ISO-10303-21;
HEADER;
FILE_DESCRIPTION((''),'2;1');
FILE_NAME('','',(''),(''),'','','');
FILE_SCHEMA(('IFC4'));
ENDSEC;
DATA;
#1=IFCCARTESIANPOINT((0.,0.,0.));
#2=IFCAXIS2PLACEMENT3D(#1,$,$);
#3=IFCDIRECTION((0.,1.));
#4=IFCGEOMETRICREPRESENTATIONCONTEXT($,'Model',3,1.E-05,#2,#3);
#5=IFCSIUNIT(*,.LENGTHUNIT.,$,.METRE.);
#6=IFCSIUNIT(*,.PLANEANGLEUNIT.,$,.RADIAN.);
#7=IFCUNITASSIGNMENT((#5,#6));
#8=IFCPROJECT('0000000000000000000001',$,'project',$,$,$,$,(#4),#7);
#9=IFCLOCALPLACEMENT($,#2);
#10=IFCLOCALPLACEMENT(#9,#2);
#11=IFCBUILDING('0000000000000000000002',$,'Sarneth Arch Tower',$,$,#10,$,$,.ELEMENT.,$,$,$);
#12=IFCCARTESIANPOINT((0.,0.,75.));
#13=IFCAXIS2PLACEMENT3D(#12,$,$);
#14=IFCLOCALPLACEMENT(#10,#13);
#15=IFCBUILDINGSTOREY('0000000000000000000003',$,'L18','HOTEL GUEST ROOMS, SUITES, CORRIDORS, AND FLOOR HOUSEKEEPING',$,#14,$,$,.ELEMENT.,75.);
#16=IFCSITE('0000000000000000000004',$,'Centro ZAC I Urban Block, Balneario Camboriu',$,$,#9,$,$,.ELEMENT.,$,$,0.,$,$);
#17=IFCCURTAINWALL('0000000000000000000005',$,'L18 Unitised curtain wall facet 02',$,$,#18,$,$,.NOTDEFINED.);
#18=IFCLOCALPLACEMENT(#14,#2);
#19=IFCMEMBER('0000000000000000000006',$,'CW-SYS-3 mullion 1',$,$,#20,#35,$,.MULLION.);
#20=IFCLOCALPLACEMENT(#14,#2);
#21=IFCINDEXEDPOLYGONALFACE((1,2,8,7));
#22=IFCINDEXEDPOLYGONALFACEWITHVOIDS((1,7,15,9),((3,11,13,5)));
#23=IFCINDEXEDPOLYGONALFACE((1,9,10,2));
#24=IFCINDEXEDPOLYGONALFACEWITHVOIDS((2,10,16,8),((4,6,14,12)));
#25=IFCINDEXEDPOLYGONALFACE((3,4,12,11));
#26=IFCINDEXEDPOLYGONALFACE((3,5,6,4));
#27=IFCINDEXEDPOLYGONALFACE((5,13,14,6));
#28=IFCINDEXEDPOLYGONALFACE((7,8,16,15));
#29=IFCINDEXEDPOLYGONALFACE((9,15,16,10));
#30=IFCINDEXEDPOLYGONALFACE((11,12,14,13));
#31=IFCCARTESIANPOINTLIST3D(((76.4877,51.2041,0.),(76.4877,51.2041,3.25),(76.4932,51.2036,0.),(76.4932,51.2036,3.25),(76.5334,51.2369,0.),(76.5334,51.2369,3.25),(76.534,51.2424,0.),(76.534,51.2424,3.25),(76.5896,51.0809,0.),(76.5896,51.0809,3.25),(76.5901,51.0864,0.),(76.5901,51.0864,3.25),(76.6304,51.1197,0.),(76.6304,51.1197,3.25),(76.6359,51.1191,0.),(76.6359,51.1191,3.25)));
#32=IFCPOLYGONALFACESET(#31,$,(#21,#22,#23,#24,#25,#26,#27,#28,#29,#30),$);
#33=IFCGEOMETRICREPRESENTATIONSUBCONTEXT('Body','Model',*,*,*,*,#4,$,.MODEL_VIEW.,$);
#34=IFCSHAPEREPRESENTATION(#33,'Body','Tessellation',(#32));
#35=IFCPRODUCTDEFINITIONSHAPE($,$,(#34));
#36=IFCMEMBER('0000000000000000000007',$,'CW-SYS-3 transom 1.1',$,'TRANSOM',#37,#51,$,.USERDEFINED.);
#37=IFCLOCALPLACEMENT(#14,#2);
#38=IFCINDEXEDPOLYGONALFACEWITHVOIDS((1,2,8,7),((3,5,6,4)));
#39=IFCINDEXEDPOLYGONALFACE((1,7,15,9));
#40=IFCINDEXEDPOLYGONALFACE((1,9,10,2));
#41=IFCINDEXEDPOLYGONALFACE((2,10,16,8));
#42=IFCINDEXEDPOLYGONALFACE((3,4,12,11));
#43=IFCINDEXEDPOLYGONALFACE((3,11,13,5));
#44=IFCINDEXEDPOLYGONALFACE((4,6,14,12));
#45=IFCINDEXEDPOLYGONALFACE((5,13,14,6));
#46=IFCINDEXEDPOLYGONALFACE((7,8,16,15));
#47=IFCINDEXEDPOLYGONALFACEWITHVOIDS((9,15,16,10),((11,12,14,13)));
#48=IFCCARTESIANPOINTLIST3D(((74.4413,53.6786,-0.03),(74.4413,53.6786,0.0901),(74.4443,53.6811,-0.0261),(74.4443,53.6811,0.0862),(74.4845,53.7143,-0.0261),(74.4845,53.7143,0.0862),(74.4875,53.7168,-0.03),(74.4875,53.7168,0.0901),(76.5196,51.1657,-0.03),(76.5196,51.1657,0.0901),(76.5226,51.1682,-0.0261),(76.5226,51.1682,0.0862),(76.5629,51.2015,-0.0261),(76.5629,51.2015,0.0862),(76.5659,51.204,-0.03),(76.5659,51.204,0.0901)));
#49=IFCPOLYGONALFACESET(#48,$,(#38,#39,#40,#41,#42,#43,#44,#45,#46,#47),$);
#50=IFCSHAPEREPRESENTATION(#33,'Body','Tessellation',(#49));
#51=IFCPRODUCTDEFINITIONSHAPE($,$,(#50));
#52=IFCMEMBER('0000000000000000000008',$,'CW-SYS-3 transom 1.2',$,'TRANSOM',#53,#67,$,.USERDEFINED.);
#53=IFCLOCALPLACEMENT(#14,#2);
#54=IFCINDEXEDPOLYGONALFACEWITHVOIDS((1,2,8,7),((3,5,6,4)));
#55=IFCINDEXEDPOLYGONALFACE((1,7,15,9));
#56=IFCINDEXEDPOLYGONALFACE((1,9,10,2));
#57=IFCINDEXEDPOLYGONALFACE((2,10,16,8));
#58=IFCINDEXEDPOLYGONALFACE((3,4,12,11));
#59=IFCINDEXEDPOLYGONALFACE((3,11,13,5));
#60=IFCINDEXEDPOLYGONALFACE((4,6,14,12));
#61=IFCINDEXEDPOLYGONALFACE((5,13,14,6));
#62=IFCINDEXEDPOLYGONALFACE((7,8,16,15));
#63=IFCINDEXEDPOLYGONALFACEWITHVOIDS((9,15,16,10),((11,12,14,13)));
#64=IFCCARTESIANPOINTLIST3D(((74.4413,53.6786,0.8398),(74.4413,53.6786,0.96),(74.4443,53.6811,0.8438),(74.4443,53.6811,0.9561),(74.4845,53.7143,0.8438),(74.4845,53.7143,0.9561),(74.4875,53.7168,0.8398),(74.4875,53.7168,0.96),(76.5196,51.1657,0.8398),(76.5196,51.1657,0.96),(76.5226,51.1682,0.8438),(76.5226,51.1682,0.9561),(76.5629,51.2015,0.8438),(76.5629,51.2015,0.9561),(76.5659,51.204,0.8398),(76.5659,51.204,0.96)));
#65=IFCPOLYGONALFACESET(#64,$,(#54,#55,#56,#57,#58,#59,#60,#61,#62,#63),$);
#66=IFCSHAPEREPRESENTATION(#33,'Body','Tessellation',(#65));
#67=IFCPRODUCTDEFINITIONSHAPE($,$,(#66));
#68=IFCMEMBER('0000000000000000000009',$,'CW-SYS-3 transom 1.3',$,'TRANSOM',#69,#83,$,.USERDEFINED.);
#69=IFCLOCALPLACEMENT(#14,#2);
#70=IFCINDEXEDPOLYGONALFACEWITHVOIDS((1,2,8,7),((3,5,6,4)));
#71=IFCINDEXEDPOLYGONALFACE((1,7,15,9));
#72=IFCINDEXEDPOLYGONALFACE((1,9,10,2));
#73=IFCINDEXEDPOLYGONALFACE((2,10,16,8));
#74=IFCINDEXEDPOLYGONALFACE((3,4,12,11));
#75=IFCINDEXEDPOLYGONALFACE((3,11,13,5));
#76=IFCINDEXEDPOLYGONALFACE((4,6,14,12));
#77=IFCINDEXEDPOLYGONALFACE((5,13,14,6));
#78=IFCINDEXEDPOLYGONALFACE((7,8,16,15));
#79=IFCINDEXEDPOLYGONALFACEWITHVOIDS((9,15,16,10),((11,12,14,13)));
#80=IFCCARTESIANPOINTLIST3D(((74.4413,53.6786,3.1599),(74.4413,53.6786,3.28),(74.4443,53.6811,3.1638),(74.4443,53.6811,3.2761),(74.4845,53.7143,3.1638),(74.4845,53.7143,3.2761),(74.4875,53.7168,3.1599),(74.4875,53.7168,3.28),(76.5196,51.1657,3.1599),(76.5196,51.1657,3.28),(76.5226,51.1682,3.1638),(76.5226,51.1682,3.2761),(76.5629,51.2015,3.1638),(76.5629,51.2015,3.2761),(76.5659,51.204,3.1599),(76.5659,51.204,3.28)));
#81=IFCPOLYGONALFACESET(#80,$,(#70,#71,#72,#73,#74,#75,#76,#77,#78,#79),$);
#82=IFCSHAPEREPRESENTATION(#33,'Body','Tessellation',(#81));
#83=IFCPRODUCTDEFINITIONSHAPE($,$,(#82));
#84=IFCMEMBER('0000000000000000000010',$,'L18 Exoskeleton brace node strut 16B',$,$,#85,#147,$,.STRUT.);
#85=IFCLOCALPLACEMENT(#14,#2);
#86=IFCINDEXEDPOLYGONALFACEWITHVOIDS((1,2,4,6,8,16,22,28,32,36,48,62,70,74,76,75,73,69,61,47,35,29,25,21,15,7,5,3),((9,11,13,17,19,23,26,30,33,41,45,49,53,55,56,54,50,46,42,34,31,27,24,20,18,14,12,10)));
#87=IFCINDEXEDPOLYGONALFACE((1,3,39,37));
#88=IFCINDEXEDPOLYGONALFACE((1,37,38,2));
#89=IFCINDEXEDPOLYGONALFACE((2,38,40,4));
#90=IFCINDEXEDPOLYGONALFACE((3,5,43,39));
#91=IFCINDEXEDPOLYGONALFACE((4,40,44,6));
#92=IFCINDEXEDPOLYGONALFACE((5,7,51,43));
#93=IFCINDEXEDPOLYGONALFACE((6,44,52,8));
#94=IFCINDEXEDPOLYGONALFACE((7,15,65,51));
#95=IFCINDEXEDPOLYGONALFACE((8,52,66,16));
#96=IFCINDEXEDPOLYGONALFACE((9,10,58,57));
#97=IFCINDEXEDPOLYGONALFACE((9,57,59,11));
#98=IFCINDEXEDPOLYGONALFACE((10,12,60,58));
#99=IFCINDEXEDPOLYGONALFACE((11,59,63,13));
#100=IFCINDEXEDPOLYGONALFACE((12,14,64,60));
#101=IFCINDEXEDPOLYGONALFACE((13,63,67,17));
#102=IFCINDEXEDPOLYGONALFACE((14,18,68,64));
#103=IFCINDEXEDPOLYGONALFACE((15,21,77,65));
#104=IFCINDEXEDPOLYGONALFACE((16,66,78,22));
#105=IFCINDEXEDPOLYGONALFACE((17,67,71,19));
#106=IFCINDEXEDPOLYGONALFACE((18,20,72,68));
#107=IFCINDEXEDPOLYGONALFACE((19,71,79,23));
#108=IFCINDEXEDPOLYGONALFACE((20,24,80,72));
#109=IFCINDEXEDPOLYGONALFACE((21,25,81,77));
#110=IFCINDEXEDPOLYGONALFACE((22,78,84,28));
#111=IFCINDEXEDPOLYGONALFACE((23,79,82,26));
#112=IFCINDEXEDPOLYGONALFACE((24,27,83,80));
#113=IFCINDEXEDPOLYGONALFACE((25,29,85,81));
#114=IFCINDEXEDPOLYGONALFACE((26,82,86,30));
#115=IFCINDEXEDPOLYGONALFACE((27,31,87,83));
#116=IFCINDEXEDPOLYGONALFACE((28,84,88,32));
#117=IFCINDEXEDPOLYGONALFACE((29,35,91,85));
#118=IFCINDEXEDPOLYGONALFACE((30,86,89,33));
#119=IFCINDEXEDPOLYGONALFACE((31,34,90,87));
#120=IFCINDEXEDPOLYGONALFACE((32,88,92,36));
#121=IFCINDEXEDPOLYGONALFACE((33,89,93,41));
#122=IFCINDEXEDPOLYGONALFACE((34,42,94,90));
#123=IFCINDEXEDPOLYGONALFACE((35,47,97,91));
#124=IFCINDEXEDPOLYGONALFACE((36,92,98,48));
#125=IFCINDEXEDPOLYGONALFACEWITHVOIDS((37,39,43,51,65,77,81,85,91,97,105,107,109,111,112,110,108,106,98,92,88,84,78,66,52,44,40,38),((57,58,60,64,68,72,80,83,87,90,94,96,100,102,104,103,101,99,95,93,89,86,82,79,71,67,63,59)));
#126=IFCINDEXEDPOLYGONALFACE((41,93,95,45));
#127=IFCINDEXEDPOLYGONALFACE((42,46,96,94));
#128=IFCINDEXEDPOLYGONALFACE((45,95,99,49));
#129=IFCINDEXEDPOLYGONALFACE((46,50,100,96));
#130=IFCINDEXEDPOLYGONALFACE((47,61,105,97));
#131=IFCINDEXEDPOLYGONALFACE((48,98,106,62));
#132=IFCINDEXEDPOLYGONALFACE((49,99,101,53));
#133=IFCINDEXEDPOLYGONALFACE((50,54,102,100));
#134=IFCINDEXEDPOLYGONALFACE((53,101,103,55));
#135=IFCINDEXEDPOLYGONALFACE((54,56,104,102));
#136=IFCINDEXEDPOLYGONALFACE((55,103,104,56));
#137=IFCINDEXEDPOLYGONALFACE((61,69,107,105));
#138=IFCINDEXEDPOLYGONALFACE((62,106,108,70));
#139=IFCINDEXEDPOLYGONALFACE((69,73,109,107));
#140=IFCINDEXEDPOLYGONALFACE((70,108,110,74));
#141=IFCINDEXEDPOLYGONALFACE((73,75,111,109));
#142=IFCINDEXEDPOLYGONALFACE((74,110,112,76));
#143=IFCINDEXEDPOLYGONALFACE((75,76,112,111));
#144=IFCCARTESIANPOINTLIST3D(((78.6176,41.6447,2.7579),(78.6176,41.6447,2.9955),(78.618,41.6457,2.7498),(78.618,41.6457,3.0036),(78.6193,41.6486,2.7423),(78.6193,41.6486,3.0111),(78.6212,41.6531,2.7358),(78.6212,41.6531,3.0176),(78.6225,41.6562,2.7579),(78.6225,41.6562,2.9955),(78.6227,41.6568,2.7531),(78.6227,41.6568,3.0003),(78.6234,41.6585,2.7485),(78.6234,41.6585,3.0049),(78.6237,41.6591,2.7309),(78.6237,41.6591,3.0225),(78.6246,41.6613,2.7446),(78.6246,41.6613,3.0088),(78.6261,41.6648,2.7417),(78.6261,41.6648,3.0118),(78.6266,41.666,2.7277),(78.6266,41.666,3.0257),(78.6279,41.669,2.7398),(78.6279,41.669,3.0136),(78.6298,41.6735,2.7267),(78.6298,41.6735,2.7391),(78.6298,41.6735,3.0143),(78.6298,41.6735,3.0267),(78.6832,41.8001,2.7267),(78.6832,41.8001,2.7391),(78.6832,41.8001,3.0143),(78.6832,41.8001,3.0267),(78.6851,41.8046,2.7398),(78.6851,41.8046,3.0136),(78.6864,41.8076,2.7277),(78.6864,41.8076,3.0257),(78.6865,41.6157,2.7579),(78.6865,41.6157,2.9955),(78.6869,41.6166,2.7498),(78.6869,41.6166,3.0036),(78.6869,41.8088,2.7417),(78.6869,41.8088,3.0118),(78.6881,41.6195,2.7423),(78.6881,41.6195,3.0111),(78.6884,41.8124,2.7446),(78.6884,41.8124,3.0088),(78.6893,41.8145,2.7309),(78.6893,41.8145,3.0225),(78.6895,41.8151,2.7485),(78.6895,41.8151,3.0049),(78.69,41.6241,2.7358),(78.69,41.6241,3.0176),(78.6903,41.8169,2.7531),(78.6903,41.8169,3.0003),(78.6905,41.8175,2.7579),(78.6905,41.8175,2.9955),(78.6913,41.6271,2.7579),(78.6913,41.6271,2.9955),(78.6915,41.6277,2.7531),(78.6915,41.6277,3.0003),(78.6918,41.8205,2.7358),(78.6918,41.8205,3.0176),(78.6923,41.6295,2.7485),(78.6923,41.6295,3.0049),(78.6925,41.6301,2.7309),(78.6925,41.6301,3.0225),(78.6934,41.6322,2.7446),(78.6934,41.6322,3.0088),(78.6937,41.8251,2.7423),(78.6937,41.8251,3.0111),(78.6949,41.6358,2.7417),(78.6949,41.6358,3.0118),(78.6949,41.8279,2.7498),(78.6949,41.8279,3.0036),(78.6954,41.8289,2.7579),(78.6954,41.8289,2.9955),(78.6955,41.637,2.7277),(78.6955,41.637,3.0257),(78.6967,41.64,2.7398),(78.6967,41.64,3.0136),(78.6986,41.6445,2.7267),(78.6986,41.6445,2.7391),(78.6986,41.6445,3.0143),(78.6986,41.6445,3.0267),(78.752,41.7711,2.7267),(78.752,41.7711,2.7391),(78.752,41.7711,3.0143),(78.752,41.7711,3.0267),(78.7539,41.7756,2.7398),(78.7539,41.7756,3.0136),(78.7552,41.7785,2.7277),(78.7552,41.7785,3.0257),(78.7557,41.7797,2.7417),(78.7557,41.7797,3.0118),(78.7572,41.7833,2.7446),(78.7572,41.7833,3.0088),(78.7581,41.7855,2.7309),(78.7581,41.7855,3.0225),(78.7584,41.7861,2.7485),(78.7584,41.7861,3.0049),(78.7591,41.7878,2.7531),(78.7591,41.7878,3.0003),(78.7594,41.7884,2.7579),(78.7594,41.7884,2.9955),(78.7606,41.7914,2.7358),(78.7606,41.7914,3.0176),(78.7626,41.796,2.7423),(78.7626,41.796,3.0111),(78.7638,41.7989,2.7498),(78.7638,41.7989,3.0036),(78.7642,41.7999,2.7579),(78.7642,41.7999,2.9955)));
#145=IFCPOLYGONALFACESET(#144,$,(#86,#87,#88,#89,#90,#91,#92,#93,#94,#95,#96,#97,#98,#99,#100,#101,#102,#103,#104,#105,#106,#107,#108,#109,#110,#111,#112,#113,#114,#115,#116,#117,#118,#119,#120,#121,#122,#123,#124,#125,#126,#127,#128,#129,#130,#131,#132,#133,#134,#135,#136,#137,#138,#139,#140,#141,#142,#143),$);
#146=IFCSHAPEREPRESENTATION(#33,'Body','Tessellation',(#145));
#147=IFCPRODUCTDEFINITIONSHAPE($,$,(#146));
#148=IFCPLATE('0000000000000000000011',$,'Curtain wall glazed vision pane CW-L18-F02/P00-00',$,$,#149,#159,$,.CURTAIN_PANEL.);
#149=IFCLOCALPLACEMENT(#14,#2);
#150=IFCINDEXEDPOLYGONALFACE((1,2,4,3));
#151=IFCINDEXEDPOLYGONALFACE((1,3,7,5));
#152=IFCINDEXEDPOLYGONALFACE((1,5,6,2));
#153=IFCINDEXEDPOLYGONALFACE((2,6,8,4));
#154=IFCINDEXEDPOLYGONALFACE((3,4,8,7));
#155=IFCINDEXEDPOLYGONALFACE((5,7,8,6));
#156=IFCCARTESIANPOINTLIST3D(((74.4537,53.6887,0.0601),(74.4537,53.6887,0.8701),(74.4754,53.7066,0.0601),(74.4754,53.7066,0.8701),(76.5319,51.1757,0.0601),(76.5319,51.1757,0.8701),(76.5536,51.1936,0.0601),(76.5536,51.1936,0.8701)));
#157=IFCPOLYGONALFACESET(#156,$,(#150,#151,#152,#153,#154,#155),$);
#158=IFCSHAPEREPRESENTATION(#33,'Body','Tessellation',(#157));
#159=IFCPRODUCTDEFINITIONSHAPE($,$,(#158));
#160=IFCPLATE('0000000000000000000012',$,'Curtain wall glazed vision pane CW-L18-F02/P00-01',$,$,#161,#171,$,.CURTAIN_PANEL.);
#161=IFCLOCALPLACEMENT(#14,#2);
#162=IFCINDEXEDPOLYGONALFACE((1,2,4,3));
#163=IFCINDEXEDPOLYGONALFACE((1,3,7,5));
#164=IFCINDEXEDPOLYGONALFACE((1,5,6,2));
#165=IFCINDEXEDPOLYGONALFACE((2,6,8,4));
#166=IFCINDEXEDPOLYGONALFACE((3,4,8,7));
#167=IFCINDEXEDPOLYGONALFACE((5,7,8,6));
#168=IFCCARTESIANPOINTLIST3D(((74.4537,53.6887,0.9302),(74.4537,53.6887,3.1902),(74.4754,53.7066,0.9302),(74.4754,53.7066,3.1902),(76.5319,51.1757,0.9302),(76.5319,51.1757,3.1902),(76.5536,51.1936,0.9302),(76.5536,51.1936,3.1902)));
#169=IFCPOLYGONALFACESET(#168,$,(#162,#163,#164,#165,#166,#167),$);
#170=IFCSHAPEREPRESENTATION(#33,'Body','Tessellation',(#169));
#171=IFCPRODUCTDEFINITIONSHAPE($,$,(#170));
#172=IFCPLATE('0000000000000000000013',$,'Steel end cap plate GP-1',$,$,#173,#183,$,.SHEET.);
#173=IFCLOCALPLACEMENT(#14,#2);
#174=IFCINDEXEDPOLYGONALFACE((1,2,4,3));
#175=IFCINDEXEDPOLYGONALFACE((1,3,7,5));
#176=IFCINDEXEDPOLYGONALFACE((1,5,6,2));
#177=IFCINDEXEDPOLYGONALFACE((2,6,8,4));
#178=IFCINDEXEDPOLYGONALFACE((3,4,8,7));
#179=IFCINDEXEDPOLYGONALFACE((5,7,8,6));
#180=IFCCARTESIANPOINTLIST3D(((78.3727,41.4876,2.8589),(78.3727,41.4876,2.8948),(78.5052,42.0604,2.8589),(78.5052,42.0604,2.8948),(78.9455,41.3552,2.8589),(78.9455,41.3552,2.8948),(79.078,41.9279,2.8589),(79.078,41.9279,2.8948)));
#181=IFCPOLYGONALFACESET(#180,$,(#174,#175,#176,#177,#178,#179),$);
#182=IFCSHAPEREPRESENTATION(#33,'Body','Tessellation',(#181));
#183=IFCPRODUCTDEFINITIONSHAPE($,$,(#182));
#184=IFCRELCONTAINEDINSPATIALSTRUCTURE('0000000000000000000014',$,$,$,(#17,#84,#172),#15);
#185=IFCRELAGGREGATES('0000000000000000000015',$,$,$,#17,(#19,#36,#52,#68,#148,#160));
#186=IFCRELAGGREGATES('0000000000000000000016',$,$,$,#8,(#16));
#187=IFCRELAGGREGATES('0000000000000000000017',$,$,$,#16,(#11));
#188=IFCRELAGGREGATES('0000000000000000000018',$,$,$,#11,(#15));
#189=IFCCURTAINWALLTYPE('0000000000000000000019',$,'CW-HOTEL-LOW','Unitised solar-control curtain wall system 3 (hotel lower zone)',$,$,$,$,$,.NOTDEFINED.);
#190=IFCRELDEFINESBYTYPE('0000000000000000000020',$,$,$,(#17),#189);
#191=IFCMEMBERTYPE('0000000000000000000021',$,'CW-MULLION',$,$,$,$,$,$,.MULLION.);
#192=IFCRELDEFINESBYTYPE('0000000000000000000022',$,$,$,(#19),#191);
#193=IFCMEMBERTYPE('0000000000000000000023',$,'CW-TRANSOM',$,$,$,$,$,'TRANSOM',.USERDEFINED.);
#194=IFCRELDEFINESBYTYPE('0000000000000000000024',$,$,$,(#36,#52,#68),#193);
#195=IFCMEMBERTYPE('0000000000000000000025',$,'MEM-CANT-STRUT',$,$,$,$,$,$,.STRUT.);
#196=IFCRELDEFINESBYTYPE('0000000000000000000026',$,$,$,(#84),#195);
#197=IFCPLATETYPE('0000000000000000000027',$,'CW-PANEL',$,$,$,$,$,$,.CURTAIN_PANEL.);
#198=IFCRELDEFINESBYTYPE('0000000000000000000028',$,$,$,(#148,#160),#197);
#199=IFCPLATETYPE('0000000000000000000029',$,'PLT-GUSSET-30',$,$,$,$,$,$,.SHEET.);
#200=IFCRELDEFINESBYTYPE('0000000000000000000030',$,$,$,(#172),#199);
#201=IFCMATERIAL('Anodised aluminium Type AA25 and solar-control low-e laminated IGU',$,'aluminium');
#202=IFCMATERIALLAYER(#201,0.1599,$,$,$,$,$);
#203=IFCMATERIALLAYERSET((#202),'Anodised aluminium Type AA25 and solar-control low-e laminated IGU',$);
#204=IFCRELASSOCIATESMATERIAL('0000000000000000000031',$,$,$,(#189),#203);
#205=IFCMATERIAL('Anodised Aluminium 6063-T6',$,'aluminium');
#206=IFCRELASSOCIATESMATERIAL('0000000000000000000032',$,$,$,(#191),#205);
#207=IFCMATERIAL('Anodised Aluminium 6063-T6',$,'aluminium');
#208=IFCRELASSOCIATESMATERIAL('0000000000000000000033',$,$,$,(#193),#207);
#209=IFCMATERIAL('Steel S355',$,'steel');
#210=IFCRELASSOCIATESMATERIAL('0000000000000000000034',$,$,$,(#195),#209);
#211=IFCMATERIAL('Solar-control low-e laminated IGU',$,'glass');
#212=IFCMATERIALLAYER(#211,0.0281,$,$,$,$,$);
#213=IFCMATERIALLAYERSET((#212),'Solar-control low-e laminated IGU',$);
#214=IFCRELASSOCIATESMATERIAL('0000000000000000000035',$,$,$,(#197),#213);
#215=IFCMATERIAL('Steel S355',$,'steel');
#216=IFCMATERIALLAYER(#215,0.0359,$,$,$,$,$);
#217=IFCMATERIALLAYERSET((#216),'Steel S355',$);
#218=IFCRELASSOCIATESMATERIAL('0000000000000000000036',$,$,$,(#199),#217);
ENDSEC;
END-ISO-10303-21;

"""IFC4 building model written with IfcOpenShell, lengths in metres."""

from ifc_helpers import new_model, si_unit, direction, frame, origin, origin_2d, place, context, subcontext, project, spatial, rectangle, hollow_rectangle, extrude, material, layer, layer_set, material_profile, profile_set, type_object, element, aggregate, save


model = new_model("IFC4")

# Units and contexts
model_context = context("Model", 3, precision=1e-05, world=origin(), true_north=direction((0.0, 1.0)))
body_context = subcontext(model_context, "Body", "Model", "MODEL_VIEW")
ifc_project = project(units=[si_unit("LENGTHUNIT", "METRE"), si_unit("PLANEANGLEUNIT", "RADIAN")], contexts=[model_context])

# Site, building, storey
site_placement = place(None, origin())
site = spatial("IfcSite", under=ifc_project, at=site_placement, Name="Centro ZAC I Urban Block, Balneario Camboriu", CompositionType="ELEMENT", RefElevation=0.0)
building_placement = place(site_placement, origin())
building = spatial("IfcBuilding", under=site, at=building_placement, Name="Sarneth Arch Tower", CompositionType="ELEMENT")
storey_placement = place(building_placement, frame((0.0, 0.0, 75.0)))
storey = spatial("IfcBuildingStorey", under=building, at=storey_placement, Name="L18", Description="HOTEL GUEST ROOMS, SUITES, CORRIDORS, AND FLOOR HOUSEKEEPING", CompositionType="ELEMENT", Elevation=75.0)

# Curtain wall, members
ifc_material_1 = material(Name="Anodised aluminium Type AA25 and solar-control low-e laminated IGU", Category="aluminium")
ifc_layer_1 = layer(ifc_material_1, 0.1599)
ifc_layer_set_1 = layer_set([ifc_layer_1], Name="Anodised aluminium Type AA25 and solar-control low-e laminated IGU")
curtain_wall_type = type_object("IfcCurtainWallType", Name="CW-HOTEL-LOW", Description="Unitised solar-control curtain wall system 3 (hotel lower zone)", PredefinedType="NOTDEFINED", material=ifc_layer_set_1)
curtain_wall_placement = place(storey_placement, origin())
curtain_wall = element("IfcCurtainWall", 1, at=curtain_wall_placement, inside=storey, type_object=curtain_wall_type, Name="L18 Unitised curtain wall facet 02", PredefinedType="NOTDEFINED")
ifc_material_2 = material(Name="Anodised Aluminium 6063-T6", Category="aluminium")
ifc_material_profile_1 = material_profile(ifc_material_2, hollow_rectangle(XDim=0.0601, YDim=0.1599, WallThickness=0.0039, at=origin_2d()), Name="AL-MULL-160x60x4")
ifc_profile_set_1 = profile_set([ifc_material_profile_1], Name="Anodised Aluminium 6063-T6")
member_type_1 = type_object("IfcMemberType", Name="CW-MULLION", PredefinedType="MULLION", material=ifc_profile_set_1)
member_1_placement = place(storey_placement, frame((76.5618, 51.1616, 0.0), z_axis=(0.0, 0.0, 1.0), x_axis=(-0.770623, -0.637291, 0.0)))
member_1 = element("IfcMember", 2, at=member_1_placement, type_object=member_type_1, Name="CW-SYS-3 mullion 1", PredefinedType="MULLION", context=body_context, shape_type="SweptSolid", body=[
    extrude(hollow_rectangle(XDim=0.0601, YDim=0.1599, WallThickness=0.0039, at=origin_2d()), origin(), (0.0, 0.0, 1.0), 3.25),
])
ifc_material_3 = material(Name="Anodised Aluminium 6063-T6", Category="aluminium")
ifc_material_profile_2 = material_profile(ifc_material_3, hollow_rectangle(XDim=0.0601, YDim=0.1201, WallThickness=0.0039, at=origin_2d()), Name="AL-TRAN-120x60x4")
ifc_profile_set_2 = profile_set([ifc_material_profile_2], Name="Anodised Aluminium 6063-T6")
member_type_2 = type_object("IfcMemberType", Name="CW-TRANSOM", ElementType="TRANSOM", PredefinedType="USERDEFINED", material=ifc_profile_set_2)
member_2_placement = place(storey_placement, frame((76.5427, 51.1848, 0.03), z_axis=(-0.63733, 0.770591, 0.0), x_axis=(-0.770591, -0.63733, 0.0)))
member_2 = element("IfcMember", 3, at=member_2_placement, type_object=member_type_2, Name="CW-SYS-3 transom 1.1", ObjectType="TRANSOM", PredefinedType="USERDEFINED", context=body_context, shape_type="SweptSolid", body=[
    extrude(hollow_rectangle(XDim=0.0601, YDim=0.1201, WallThickness=0.0039, at=origin_2d()), origin(), (0.0, 0.0, 1.0), 3.261),
])
member_3_placement = place(storey_placement, frame((76.5427, 51.1848, 0.8999), z_axis=(-0.63733, 0.770591, 0.0), x_axis=(-0.770591, -0.63733, 0.0)))
member_3 = element("IfcMember", 4, at=member_3_placement, type_object=member_type_2, Name="CW-SYS-3 transom 1.2", ObjectType="TRANSOM", PredefinedType="USERDEFINED", context=body_context, shape_type="SweptSolid", body=[
    extrude(hollow_rectangle(XDim=0.0601, YDim=0.1201, WallThickness=0.0039, at=origin_2d()), origin(), (0.0, 0.0, 1.0), 3.261),
])
member_4_placement = place(storey_placement, frame((76.5427, 51.1848, 3.22), z_axis=(-0.63733, 0.770591, 0.0), x_axis=(-0.770591, -0.63733, 0.0)))
member_4 = element("IfcMember", 5, at=member_4_placement, type_object=member_type_2, Name="CW-SYS-3 transom 1.3", ObjectType="TRANSOM", PredefinedType="USERDEFINED", context=body_context, shape_type="SweptSolid", body=[
    extrude(hollow_rectangle(XDim=0.0601, YDim=0.1201, WallThickness=0.0039, at=origin_2d()), origin(), (0.0, 0.0, 1.0), 3.261),
])

# Member
ifc_material_4 = material(Name="Steel S355", Category="steel")
ifc_material_profile_3 = material_profile(ifc_material_4, hollow_rectangle(XDim=0.2, YDim=0.3, WallThickness=0.0125, InnerFilletRadius=0.0188, OuterFilletRadius=0.0312, at=origin_2d()), Name="RHS300x200x12.5")
ifc_profile_set_3 = profile_set([ifc_material_profile_3], Name="Steel S355")
member_type_3 = type_object("IfcMemberType", Name="MEM-CANT-STRUT", PredefinedType="STRUT", material=ifc_profile_set_3)
member_5_placement = place(storey_placement, frame((78.6565, 41.7368, 2.8767), z_axis=(0.921328, -0.388787, 0.0), x_axis=(0.388787, 0.921328, 0.0)))
element("IfcMember", 6, at=member_5_placement, inside=storey, type_object=member_type_3, Name="L18 Exoskeleton brace node strut 16B", PredefinedType="STRUT", context=body_context, shape_type="SweptSolid", body=[
    extrude(hollow_rectangle(XDim=0.2, YDim=0.3, WallThickness=0.0125, InnerFilletRadius=0.0188, OuterFilletRadius=0.0312, at=origin_2d()), origin(), (0.0, 0.0, 1.0), 0.0747),
])

# Plates
ifc_material_5 = material(Name="Solar-control low-e laminated IGU", Category="glass")
ifc_layer_2 = layer(ifc_material_5, 0.0281)
ifc_layer_set_2 = layer_set([ifc_layer_2], Name="Solar-control low-e laminated IGU")
plate_type_1 = type_object("IfcPlateType", Name="CW-PANEL", PredefinedType="CURTAIN_PANEL", material=ifc_layer_set_2)
plate_1_placement = place(storey_placement, frame((75.5037, 52.4412, 0.0601), z_axis=(0.0, 0.0, 1.0), x_axis=(-0.637291, 0.770623, 0.0)))
plate_1 = element("IfcPlate", 7, at=plate_1_placement, type_object=plate_type_1, Name="Curtain wall glazed vision pane CW-L18-F02/P00-00", PredefinedType="CURTAIN_PANEL", context=body_context, shape_type="SweptSolid", body=[
    extrude(rectangle(XDim=3.261, YDim=0.0281, at=origin_2d()), origin(), (0.0, 0.0, 1.0), 0.8101),
])
plate_2_placement = place(storey_placement, frame((75.5037, 52.4412, 0.9302), z_axis=(0.0, 0.0, 1.0), x_axis=(-0.637291, 0.770623, 0.0)))
plate_2 = element("IfcPlate", 8, at=plate_2_placement, type_object=plate_type_1, Name="Curtain wall glazed vision pane CW-L18-F02/P00-01", PredefinedType="CURTAIN_PANEL", context=body_context, shape_type="SweptSolid", body=[
    extrude(rectangle(XDim=3.261, YDim=0.0281, at=origin_2d()), origin(), (0.0, 0.0, 1.0), 2.26),
])
aggregate(curtain_wall, [member_1, member_2, member_3, member_4, plate_1, plate_2])
ifc_material_6 = material(Name="Steel S355", Category="steel")
ifc_layer_3 = layer(ifc_material_6, 0.0359)
ifc_layer_set_3 = layer_set([ifc_layer_3], Name="Steel S355")
plate_type_2 = type_object("IfcPlateType", Name="PLT-GUSSET-30", PredefinedType="SHEET", material=ifc_layer_set_3)
plate_3_placement = place(storey_placement, frame((78.7253, 41.7078, 2.8589), z_axis=(0.0, 0.0, 1.0), x_axis=(0.225291, 0.974291, 0.0)))
element("IfcPlate", 9, at=plate_3_placement, inside=storey, type_object=plate_type_2, Name="Steel end cap plate GP-1", PredefinedType="SHEET", context=body_context, shape_type="SweptSolid", body=[
    extrude(rectangle(XDim=0.5879, YDim=0.5879, at=origin_2d()), origin(), (0.0, 0.0, 1.0), 0.0359),
])

save(model, "model.ifc")
